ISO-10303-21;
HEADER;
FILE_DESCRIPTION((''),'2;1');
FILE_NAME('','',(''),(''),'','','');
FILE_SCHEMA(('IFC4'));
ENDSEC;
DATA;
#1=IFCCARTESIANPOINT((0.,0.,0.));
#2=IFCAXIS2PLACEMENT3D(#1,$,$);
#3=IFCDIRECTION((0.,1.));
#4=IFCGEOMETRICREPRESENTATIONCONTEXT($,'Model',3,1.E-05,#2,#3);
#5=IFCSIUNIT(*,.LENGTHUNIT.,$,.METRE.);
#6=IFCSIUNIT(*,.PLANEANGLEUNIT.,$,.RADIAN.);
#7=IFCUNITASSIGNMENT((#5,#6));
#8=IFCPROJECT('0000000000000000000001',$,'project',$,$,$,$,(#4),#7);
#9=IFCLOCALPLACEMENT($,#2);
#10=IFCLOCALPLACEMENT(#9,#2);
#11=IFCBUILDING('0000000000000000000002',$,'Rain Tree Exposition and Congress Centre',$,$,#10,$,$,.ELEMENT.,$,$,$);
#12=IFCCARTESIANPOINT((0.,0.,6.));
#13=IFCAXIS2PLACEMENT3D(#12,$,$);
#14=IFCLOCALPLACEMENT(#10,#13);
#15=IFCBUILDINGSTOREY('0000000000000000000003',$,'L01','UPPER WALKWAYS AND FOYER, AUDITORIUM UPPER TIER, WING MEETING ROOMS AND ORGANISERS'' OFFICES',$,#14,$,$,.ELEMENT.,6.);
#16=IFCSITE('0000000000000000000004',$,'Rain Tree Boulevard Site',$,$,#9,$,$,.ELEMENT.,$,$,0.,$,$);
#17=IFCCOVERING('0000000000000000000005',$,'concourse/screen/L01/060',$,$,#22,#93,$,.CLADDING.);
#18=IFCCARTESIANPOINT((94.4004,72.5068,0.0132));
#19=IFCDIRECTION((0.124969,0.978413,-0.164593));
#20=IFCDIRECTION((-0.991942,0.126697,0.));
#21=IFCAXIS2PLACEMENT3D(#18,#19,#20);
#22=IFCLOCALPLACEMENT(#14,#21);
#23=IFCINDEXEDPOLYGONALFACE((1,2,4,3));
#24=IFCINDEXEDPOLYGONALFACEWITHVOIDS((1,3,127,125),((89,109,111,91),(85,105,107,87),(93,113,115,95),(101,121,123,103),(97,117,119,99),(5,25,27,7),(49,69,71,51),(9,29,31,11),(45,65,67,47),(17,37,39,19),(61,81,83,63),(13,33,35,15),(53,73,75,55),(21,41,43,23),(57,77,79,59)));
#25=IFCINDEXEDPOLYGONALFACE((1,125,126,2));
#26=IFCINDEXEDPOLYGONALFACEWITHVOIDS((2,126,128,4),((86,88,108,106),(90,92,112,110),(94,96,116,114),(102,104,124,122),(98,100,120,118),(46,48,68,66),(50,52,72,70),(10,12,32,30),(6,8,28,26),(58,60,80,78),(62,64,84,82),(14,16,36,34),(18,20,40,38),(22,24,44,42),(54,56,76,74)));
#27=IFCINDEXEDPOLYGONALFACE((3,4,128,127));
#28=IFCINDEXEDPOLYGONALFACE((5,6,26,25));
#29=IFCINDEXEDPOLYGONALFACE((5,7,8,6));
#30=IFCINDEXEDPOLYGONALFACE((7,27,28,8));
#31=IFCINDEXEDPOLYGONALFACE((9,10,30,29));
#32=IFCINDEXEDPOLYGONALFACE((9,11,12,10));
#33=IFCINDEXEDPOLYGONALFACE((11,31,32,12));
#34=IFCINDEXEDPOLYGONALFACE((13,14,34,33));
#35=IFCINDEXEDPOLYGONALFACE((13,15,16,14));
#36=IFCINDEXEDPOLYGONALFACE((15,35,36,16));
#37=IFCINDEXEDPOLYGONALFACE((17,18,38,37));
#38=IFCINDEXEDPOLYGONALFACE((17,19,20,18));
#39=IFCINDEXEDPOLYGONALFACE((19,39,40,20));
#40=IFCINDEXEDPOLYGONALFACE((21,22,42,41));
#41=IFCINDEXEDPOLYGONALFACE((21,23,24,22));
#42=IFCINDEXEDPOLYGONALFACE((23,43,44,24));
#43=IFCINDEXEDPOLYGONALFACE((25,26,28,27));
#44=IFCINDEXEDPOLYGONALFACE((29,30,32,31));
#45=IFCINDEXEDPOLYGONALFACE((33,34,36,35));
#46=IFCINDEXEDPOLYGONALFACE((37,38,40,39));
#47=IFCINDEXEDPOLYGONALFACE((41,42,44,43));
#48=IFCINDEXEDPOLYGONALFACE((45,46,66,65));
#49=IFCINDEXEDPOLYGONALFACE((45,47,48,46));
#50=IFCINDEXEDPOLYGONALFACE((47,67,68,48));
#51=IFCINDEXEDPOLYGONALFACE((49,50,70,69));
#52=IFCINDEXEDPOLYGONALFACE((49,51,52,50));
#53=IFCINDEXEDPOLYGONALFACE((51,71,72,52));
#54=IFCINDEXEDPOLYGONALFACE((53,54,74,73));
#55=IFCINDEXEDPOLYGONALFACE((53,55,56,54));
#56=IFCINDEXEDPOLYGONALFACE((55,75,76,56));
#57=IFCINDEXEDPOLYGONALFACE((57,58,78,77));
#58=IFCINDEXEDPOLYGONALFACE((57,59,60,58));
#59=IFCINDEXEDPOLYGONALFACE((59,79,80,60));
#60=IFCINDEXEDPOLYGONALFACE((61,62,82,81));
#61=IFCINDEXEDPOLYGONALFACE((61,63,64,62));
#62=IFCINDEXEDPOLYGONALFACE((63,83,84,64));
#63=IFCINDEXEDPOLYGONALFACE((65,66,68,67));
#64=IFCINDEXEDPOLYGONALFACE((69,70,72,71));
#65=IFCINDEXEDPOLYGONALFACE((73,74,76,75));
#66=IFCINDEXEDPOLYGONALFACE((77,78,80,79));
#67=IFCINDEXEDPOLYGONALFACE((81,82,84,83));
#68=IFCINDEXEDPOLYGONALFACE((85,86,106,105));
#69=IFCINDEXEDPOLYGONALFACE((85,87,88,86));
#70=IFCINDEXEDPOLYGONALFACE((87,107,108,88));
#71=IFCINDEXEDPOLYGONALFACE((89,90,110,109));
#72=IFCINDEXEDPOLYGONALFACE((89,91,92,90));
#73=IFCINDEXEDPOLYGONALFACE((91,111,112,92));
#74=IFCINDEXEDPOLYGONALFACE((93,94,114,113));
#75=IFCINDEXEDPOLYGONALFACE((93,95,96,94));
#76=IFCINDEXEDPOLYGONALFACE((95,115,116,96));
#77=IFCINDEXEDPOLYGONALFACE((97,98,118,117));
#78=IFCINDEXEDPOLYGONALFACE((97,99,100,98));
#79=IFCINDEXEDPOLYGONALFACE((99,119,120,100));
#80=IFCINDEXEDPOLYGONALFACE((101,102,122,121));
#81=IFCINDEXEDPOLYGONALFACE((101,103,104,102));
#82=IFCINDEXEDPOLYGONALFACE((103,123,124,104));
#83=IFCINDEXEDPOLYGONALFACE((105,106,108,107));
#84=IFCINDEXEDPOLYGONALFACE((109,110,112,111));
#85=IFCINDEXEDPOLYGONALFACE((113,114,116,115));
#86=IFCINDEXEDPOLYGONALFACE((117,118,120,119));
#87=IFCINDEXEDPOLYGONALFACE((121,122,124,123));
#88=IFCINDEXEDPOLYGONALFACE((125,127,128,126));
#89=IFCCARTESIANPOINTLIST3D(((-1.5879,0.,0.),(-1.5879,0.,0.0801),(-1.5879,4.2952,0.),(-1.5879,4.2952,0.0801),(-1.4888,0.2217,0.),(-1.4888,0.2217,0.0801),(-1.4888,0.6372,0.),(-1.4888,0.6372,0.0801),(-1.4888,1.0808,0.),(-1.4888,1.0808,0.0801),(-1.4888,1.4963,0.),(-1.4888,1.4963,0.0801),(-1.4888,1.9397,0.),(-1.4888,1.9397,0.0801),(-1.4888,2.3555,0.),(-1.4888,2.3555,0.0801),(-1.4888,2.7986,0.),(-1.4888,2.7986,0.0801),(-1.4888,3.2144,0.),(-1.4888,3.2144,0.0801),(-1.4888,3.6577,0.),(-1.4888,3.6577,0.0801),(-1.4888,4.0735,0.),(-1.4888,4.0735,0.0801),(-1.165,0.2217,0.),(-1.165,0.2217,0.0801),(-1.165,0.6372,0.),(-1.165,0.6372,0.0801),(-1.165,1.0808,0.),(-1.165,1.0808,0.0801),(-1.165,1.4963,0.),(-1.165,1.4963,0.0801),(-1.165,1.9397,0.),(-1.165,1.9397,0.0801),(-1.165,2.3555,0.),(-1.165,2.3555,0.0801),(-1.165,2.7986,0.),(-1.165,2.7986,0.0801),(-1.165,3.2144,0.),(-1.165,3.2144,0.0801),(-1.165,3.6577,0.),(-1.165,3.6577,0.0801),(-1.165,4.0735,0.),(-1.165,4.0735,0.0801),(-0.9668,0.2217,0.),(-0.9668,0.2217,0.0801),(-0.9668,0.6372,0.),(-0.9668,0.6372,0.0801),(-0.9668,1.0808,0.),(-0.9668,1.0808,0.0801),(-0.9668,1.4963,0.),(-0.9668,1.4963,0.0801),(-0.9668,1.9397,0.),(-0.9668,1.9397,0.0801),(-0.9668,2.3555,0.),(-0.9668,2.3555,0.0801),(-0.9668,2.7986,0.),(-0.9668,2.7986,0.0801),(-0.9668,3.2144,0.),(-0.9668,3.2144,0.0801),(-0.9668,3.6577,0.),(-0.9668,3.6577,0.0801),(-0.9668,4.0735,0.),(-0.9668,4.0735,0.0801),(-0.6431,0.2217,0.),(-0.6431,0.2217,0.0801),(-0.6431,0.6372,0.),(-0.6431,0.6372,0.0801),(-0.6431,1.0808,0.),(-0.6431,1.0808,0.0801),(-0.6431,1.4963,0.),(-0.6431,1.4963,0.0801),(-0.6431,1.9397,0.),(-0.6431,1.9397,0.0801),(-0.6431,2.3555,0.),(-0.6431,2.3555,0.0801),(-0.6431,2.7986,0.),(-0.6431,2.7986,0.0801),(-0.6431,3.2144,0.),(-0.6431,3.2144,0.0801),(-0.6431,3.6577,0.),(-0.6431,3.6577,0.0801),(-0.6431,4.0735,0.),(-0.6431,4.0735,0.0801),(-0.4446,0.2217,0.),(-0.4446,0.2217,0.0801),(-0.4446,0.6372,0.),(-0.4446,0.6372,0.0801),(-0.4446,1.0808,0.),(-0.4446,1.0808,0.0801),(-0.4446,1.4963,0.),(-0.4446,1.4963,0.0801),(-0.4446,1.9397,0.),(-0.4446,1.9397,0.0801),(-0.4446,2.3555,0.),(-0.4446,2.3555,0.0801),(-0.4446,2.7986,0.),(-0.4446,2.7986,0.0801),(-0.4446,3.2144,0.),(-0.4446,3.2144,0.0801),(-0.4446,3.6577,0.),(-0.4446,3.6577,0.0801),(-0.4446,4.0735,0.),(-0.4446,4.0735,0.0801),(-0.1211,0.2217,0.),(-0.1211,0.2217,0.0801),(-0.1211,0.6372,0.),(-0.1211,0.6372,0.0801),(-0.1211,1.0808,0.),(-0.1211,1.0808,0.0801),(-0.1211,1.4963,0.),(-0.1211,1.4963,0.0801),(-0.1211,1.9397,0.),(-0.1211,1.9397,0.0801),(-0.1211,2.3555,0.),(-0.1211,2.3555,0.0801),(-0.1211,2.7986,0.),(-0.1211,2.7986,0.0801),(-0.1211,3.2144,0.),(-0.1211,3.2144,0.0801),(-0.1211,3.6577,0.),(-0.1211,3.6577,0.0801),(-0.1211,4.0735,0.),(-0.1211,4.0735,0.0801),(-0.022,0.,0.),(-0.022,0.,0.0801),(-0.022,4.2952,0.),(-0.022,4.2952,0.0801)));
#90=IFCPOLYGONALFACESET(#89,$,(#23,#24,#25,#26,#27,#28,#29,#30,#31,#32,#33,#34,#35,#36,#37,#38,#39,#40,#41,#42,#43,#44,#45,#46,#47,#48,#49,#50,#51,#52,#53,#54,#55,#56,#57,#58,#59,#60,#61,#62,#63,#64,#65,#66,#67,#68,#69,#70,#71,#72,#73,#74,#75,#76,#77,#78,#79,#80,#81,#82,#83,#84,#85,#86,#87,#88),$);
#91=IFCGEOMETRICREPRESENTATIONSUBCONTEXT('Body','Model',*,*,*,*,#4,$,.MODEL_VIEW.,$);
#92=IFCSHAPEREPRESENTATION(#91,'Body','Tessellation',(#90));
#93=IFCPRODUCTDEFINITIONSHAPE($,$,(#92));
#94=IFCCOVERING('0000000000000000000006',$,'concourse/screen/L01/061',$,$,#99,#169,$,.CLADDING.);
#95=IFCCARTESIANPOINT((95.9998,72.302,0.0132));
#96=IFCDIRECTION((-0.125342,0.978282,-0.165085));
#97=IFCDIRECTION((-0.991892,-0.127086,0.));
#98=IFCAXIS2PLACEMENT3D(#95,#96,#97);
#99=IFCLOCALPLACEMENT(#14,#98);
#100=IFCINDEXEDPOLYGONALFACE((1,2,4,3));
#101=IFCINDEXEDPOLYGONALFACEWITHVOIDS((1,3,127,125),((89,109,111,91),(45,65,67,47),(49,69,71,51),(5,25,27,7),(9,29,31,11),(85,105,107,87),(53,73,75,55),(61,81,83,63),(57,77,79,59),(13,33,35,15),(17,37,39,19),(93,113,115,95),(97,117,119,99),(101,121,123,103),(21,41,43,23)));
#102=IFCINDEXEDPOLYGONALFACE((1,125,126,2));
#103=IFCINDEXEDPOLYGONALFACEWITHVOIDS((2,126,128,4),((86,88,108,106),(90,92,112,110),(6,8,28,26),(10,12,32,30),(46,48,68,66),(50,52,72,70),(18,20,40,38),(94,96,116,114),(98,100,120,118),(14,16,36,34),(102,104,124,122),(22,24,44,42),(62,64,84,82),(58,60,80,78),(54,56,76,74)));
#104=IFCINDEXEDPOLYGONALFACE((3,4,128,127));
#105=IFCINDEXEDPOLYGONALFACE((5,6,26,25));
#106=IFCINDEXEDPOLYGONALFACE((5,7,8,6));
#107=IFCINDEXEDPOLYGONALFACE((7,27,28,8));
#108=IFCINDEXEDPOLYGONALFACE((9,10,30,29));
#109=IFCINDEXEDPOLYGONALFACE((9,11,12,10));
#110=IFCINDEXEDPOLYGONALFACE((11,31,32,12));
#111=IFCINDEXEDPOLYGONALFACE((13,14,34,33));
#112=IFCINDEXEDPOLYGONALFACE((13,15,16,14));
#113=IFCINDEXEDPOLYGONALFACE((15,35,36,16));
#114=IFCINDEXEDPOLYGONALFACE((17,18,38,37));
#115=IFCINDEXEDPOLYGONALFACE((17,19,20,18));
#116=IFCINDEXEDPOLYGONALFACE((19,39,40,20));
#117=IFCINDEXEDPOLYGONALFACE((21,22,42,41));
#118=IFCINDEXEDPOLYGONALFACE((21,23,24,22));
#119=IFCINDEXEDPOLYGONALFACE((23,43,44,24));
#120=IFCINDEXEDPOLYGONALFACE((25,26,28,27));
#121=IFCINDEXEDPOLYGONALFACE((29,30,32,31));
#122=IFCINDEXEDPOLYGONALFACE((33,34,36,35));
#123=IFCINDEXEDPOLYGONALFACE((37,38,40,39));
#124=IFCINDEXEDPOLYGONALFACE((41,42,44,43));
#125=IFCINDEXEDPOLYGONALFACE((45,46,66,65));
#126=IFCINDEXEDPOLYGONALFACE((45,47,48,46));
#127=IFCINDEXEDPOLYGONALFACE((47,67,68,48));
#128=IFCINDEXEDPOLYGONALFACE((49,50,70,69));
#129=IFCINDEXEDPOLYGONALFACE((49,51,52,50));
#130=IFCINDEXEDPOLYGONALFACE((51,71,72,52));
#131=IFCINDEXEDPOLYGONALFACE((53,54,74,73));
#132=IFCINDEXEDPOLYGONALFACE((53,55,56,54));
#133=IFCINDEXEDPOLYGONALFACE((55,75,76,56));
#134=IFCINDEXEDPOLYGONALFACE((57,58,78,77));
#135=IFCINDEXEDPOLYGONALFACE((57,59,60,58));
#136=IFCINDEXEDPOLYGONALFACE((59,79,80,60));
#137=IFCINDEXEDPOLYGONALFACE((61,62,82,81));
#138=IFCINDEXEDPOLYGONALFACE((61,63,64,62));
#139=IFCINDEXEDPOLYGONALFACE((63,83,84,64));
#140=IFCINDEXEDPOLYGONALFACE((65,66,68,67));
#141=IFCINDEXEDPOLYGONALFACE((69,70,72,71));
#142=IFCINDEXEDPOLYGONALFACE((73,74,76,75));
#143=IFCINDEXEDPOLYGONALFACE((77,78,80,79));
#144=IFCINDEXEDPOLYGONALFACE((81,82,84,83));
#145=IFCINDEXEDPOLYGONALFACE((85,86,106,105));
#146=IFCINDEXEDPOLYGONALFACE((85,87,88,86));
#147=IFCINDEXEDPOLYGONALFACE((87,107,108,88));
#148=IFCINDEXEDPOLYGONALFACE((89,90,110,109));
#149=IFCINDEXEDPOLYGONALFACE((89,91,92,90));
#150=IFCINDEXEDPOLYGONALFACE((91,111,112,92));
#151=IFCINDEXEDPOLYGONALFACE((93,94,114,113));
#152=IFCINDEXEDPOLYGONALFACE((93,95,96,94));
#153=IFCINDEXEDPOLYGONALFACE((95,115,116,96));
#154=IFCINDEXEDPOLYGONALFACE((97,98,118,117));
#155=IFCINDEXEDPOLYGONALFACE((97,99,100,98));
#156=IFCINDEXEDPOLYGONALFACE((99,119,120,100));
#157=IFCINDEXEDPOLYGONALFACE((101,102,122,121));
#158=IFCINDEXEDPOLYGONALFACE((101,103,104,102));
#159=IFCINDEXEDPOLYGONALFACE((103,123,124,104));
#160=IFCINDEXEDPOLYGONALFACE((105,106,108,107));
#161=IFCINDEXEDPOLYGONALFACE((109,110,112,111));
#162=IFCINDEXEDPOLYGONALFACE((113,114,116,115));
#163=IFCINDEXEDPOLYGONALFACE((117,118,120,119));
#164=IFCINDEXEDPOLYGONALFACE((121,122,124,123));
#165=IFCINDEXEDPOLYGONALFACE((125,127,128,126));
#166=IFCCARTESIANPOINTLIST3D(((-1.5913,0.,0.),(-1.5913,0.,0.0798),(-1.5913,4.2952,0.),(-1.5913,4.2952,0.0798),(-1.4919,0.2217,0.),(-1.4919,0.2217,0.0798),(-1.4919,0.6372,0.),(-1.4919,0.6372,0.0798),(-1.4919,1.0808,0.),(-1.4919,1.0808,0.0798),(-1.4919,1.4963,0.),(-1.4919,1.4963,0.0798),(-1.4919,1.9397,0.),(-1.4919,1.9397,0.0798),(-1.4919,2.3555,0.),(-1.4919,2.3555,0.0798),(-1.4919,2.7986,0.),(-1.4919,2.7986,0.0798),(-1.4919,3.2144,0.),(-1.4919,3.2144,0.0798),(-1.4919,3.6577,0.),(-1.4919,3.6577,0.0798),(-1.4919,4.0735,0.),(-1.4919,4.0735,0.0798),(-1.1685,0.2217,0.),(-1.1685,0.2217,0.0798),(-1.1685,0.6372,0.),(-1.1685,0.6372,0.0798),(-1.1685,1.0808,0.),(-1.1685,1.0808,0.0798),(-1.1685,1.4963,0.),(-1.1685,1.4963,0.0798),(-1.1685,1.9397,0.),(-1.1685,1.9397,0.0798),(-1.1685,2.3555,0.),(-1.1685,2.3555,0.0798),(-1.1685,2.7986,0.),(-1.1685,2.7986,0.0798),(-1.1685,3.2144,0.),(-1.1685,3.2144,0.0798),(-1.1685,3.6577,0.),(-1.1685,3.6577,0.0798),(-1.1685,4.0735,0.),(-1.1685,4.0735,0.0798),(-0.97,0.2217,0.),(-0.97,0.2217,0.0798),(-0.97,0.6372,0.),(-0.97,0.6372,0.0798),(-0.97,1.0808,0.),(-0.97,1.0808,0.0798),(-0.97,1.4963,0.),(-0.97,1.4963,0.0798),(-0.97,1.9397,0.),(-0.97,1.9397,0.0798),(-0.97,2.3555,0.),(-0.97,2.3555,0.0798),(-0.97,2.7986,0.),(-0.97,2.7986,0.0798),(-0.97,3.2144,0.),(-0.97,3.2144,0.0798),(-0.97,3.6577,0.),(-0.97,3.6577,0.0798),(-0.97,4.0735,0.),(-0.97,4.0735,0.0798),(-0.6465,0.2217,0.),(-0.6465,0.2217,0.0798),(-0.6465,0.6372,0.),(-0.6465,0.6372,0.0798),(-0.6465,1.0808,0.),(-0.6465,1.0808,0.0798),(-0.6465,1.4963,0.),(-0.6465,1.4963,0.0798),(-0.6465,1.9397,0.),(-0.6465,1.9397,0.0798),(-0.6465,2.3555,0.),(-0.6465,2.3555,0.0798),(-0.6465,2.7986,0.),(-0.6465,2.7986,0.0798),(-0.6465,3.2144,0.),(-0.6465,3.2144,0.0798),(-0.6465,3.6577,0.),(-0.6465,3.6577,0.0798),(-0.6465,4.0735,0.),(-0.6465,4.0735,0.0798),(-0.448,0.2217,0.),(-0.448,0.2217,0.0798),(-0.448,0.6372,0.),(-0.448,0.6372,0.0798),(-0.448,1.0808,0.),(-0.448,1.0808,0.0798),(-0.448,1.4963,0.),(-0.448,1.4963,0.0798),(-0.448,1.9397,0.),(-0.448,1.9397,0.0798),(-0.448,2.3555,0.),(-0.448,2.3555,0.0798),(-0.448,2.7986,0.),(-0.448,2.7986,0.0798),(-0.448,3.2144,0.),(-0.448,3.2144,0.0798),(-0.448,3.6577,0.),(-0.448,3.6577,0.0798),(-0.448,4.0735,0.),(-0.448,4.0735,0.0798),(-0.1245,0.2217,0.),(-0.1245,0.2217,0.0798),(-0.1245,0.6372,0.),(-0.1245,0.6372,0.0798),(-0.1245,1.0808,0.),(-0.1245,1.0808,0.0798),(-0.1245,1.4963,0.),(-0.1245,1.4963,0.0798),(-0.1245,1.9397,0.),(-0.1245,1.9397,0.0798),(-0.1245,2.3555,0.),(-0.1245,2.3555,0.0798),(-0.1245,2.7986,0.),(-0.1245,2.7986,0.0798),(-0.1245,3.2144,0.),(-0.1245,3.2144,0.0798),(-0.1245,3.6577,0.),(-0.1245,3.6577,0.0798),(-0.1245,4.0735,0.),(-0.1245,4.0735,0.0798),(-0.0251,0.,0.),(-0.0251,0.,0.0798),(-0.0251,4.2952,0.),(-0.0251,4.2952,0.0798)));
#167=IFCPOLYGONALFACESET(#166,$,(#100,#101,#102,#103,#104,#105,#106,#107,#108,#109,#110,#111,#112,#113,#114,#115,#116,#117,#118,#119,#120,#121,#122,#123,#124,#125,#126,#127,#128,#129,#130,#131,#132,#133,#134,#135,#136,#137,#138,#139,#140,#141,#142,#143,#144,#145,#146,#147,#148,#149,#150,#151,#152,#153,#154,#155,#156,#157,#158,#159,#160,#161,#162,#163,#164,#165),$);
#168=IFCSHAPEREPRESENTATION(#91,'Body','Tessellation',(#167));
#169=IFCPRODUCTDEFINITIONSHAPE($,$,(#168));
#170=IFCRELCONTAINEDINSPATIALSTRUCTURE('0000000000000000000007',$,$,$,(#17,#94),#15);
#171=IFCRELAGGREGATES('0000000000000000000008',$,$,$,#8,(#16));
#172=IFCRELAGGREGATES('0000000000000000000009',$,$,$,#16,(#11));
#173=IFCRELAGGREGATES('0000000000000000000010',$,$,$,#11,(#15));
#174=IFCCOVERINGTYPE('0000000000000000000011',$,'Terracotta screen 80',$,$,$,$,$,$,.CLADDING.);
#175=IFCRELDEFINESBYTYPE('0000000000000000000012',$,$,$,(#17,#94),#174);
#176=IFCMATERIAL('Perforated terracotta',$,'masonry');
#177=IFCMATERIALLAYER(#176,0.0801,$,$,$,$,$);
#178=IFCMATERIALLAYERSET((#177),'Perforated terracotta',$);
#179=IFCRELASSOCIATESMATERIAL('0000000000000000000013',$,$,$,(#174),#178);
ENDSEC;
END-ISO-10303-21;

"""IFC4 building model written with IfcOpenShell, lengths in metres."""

from ifc_helpers import new_model, si_unit, direction, frame, origin, place, context, subcontext, project, spatial, polyline, outline, extrude, material, layer, layer_set, type_object, element, save


model = new_model("IFC4")

# Units and contexts
model_context = context("Model", 3, precision=1e-05, world=origin(), true_north=direction((0.0, 1.0)))
body_context = subcontext(model_context, "Body", "Model", "MODEL_VIEW")
ifc_project = project(units=[si_unit("LENGTHUNIT", "METRE"), si_unit("PLANEANGLEUNIT", "RADIAN")], contexts=[model_context])

# Site, building, storey
site_placement = place(None, origin())
site = spatial("IfcSite", under=ifc_project, at=site_placement, Name="Rain Tree Boulevard Site", CompositionType="ELEMENT", RefElevation=0.0)
building_placement = place(site_placement, origin())
building = spatial("IfcBuilding", under=site, at=building_placement, Name="Rain Tree Exposition and Congress Centre", CompositionType="ELEMENT")
storey_placement = place(building_placement, frame((0.0, 0.0, 6.0)))
storey = spatial("IfcBuildingStorey", under=building, at=storey_placement, Name="L01", Description="UPPER WALKWAYS AND FOYER, AUDITORIUM UPPER TIER, WING MEETING ROOMS AND ORGANISERS' OFFICES", CompositionType="ELEMENT", Elevation=6.0)

# Coverings
ifc_material_1 = material(Name="Perforated terracotta", Category="masonry")
ifc_layer = layer(ifc_material_1, 0.0801)
ifc_layer_set = layer_set([ifc_layer], Name="Perforated terracotta")
covering_type = type_object("IfcCoveringType", Name="Terracotta screen 80", PredefinedType="CLADDING", material=ifc_layer_set)
covering_1_placement = place(storey_placement, frame((94.4004, 72.5068, 0.0132), z_axis=(0.124969, 0.978413, -0.164593), x_axis=(-0.991942, 0.126697, 0.0)))
element("IfcCovering", 1, at=covering_1_placement, inside=storey, type_object=covering_type, Name="concourse/screen/L01/060", PredefinedType="CLADDING", context=body_context, shape_type="SweptSolid", body=[
    extrude(outline(polyline([(-1.5879, 0.0), (-1.5879, 4.2952), (-0.022, 4.2952), (-0.022, 0.0), (-1.5879, 0.0)]), holes=[polyline([(-0.1211, 0.2217), (-0.1211, 0.6372), (-0.4446, 0.6372), (-0.4446, 0.2217), (-0.1211, 0.2217)]), polyline([(-0.1211, 1.0808), (-0.1211, 1.4963), (-0.4446, 1.4963), (-0.4446, 1.0808), (-0.1211, 1.0808)]), polyline([(-0.1211, 1.9397), (-0.1211, 2.3555), (-0.4446, 2.3555), (-0.4446, 1.9397), (-0.1211, 1.9397)]), polyline([(-0.1211, 2.7986), (-0.1211, 3.2144), (-0.4446, 3.2144), (-0.4446, 2.7986), (-0.1211, 2.7986)]), polyline([(-0.1211, 3.6577), (-0.1211, 4.0735), (-0.4446, 4.0735), (-0.4446, 3.6577), (-0.1211, 3.6577)]), polyline([(-0.6431, 0.2217), (-0.6431, 0.6372), (-0.9668, 0.6372), (-0.9668, 0.2217), (-0.6431, 0.2217)]), polyline([(-0.6431, 1.0808), (-0.6431, 1.4963), (-0.9668, 1.4963), (-0.9668, 1.0808), (-0.6431, 1.0808)]), polyline([(-0.6431, 1.9397), (-0.6431, 2.3555), (-0.9668, 2.3555), (-0.9668, 1.9397), (-0.6431, 1.9397)]), polyline([(-0.6431, 2.7986), (-0.6431, 3.2144), (-0.9668, 3.2144), (-0.9668, 2.7986), (-0.6431, 2.7986)]), polyline([(-0.6431, 3.6577), (-0.6431, 4.0735), (-0.9668, 4.0735), (-0.9668, 3.6577), (-0.6431, 3.6577)]), polyline([(-1.165, 0.2217), (-1.165, 0.6372), (-1.4888, 0.6372), (-1.4888, 0.2217), (-1.165, 0.2217)]), polyline([(-1.165, 1.0808), (-1.165, 1.4963), (-1.4888, 1.4963), (-1.4888, 1.0808), (-1.165, 1.0808)]), polyline([(-1.165, 1.9397), (-1.165, 2.3555), (-1.4888, 2.3555), (-1.4888, 1.9397), (-1.165, 1.9397)]), polyline([(-1.165, 2.7986), (-1.165, 3.2144), (-1.4888, 3.2144), (-1.4888, 2.7986), (-1.165, 2.7986)]), polyline([(-1.165, 3.6577), (-1.165, 4.0735), (-1.4888, 4.0735), (-1.4888, 3.6577), (-1.165, 3.6577)])]), origin(), (0.0, 0.0, 1.0), 0.0801),
])
covering_2_placement = place(storey_placement, frame((95.9998, 72.302, 0.0132), z_axis=(-0.125342, 0.978282, -0.165085), x_axis=(-0.991892, -0.127086, 0.0)))
element("IfcCovering", 2, at=covering_2_placement, inside=storey, type_object=covering_type, Name="concourse/screen/L01/061", PredefinedType="CLADDING", context=body_context, shape_type="SweptSolid", body=[
    extrude(outline(polyline([(-1.5913, 0.0), (-1.5913, 4.2952), (-0.0251, 4.2952), (-0.0251, 0.0), (-1.5913, 0.0)]), holes=[polyline([(-0.1245, 0.2217), (-0.1245, 0.6372), (-0.448, 0.6372), (-0.448, 0.2217), (-0.1245, 0.2217)]), polyline([(-0.1245, 1.0808), (-0.1245, 1.4963), (-0.448, 1.4963), (-0.448, 1.0808), (-0.1245, 1.0808)]), polyline([(-0.1245, 1.9397), (-0.1245, 2.3555), (-0.448, 2.3555), (-0.448, 1.9397), (-0.1245, 1.9397)]), polyline([(-0.1245, 2.7986), (-0.1245, 3.2144), (-0.448, 3.2144), (-0.448, 2.7986), (-0.1245, 2.7986)]), polyline([(-0.1245, 3.6577), (-0.1245, 4.0735), (-0.448, 4.0735), (-0.448, 3.6577), (-0.1245, 3.6577)]), polyline([(-0.6465, 0.2217), (-0.6465, 0.6372), (-0.97, 0.6372), (-0.97, 0.2217), (-0.6465, 0.2217)]), polyline([(-0.6465, 1.0808), (-0.6465, 1.4963), (-0.97, 1.4963), (-0.97, 1.0808), (-0.6465, 1.0808)]), polyline([(-0.6465, 1.9397), (-0.6465, 2.3555), (-0.97, 2.3555), (-0.97, 1.9397), (-0.6465, 1.9397)]), polyline([(-0.6465, 2.7986), (-0.6465, 3.2144), (-0.97, 3.2144), (-0.97, 2.7986), (-0.6465, 2.7986)]), polyline([(-0.6465, 3.6577), (-0.6465, 4.0735), (-0.97, 4.0735), (-0.97, 3.6577), (-0.6465, 3.6577)]), polyline([(-1.1685, 0.2217), (-1.1685, 0.6372), (-1.4919, 0.6372), (-1.4919, 0.2217), (-1.1685, 0.2217)]), polyline([(-1.1685, 1.0808), (-1.1685, 1.4963), (-1.4919, 1.4963), (-1.4919, 1.0808), (-1.1685, 1.0808)]), polyline([(-1.1685, 1.9397), (-1.1685, 2.3555), (-1.4919, 2.3555), (-1.4919, 1.9397), (-1.1685, 1.9397)]), polyline([(-1.1685, 2.7986), (-1.1685, 3.2144), (-1.4919, 3.2144), (-1.4919, 2.7986), (-1.1685, 2.7986)]), polyline([(-1.1685, 3.6577), (-1.1685, 4.0735), (-1.4919, 4.0735), (-1.4919, 3.6577), (-1.1685, 3.6577)])]), origin(), (0.0, 0.0, 1.0), 0.0798),
])

save(model, "model.ifc")
